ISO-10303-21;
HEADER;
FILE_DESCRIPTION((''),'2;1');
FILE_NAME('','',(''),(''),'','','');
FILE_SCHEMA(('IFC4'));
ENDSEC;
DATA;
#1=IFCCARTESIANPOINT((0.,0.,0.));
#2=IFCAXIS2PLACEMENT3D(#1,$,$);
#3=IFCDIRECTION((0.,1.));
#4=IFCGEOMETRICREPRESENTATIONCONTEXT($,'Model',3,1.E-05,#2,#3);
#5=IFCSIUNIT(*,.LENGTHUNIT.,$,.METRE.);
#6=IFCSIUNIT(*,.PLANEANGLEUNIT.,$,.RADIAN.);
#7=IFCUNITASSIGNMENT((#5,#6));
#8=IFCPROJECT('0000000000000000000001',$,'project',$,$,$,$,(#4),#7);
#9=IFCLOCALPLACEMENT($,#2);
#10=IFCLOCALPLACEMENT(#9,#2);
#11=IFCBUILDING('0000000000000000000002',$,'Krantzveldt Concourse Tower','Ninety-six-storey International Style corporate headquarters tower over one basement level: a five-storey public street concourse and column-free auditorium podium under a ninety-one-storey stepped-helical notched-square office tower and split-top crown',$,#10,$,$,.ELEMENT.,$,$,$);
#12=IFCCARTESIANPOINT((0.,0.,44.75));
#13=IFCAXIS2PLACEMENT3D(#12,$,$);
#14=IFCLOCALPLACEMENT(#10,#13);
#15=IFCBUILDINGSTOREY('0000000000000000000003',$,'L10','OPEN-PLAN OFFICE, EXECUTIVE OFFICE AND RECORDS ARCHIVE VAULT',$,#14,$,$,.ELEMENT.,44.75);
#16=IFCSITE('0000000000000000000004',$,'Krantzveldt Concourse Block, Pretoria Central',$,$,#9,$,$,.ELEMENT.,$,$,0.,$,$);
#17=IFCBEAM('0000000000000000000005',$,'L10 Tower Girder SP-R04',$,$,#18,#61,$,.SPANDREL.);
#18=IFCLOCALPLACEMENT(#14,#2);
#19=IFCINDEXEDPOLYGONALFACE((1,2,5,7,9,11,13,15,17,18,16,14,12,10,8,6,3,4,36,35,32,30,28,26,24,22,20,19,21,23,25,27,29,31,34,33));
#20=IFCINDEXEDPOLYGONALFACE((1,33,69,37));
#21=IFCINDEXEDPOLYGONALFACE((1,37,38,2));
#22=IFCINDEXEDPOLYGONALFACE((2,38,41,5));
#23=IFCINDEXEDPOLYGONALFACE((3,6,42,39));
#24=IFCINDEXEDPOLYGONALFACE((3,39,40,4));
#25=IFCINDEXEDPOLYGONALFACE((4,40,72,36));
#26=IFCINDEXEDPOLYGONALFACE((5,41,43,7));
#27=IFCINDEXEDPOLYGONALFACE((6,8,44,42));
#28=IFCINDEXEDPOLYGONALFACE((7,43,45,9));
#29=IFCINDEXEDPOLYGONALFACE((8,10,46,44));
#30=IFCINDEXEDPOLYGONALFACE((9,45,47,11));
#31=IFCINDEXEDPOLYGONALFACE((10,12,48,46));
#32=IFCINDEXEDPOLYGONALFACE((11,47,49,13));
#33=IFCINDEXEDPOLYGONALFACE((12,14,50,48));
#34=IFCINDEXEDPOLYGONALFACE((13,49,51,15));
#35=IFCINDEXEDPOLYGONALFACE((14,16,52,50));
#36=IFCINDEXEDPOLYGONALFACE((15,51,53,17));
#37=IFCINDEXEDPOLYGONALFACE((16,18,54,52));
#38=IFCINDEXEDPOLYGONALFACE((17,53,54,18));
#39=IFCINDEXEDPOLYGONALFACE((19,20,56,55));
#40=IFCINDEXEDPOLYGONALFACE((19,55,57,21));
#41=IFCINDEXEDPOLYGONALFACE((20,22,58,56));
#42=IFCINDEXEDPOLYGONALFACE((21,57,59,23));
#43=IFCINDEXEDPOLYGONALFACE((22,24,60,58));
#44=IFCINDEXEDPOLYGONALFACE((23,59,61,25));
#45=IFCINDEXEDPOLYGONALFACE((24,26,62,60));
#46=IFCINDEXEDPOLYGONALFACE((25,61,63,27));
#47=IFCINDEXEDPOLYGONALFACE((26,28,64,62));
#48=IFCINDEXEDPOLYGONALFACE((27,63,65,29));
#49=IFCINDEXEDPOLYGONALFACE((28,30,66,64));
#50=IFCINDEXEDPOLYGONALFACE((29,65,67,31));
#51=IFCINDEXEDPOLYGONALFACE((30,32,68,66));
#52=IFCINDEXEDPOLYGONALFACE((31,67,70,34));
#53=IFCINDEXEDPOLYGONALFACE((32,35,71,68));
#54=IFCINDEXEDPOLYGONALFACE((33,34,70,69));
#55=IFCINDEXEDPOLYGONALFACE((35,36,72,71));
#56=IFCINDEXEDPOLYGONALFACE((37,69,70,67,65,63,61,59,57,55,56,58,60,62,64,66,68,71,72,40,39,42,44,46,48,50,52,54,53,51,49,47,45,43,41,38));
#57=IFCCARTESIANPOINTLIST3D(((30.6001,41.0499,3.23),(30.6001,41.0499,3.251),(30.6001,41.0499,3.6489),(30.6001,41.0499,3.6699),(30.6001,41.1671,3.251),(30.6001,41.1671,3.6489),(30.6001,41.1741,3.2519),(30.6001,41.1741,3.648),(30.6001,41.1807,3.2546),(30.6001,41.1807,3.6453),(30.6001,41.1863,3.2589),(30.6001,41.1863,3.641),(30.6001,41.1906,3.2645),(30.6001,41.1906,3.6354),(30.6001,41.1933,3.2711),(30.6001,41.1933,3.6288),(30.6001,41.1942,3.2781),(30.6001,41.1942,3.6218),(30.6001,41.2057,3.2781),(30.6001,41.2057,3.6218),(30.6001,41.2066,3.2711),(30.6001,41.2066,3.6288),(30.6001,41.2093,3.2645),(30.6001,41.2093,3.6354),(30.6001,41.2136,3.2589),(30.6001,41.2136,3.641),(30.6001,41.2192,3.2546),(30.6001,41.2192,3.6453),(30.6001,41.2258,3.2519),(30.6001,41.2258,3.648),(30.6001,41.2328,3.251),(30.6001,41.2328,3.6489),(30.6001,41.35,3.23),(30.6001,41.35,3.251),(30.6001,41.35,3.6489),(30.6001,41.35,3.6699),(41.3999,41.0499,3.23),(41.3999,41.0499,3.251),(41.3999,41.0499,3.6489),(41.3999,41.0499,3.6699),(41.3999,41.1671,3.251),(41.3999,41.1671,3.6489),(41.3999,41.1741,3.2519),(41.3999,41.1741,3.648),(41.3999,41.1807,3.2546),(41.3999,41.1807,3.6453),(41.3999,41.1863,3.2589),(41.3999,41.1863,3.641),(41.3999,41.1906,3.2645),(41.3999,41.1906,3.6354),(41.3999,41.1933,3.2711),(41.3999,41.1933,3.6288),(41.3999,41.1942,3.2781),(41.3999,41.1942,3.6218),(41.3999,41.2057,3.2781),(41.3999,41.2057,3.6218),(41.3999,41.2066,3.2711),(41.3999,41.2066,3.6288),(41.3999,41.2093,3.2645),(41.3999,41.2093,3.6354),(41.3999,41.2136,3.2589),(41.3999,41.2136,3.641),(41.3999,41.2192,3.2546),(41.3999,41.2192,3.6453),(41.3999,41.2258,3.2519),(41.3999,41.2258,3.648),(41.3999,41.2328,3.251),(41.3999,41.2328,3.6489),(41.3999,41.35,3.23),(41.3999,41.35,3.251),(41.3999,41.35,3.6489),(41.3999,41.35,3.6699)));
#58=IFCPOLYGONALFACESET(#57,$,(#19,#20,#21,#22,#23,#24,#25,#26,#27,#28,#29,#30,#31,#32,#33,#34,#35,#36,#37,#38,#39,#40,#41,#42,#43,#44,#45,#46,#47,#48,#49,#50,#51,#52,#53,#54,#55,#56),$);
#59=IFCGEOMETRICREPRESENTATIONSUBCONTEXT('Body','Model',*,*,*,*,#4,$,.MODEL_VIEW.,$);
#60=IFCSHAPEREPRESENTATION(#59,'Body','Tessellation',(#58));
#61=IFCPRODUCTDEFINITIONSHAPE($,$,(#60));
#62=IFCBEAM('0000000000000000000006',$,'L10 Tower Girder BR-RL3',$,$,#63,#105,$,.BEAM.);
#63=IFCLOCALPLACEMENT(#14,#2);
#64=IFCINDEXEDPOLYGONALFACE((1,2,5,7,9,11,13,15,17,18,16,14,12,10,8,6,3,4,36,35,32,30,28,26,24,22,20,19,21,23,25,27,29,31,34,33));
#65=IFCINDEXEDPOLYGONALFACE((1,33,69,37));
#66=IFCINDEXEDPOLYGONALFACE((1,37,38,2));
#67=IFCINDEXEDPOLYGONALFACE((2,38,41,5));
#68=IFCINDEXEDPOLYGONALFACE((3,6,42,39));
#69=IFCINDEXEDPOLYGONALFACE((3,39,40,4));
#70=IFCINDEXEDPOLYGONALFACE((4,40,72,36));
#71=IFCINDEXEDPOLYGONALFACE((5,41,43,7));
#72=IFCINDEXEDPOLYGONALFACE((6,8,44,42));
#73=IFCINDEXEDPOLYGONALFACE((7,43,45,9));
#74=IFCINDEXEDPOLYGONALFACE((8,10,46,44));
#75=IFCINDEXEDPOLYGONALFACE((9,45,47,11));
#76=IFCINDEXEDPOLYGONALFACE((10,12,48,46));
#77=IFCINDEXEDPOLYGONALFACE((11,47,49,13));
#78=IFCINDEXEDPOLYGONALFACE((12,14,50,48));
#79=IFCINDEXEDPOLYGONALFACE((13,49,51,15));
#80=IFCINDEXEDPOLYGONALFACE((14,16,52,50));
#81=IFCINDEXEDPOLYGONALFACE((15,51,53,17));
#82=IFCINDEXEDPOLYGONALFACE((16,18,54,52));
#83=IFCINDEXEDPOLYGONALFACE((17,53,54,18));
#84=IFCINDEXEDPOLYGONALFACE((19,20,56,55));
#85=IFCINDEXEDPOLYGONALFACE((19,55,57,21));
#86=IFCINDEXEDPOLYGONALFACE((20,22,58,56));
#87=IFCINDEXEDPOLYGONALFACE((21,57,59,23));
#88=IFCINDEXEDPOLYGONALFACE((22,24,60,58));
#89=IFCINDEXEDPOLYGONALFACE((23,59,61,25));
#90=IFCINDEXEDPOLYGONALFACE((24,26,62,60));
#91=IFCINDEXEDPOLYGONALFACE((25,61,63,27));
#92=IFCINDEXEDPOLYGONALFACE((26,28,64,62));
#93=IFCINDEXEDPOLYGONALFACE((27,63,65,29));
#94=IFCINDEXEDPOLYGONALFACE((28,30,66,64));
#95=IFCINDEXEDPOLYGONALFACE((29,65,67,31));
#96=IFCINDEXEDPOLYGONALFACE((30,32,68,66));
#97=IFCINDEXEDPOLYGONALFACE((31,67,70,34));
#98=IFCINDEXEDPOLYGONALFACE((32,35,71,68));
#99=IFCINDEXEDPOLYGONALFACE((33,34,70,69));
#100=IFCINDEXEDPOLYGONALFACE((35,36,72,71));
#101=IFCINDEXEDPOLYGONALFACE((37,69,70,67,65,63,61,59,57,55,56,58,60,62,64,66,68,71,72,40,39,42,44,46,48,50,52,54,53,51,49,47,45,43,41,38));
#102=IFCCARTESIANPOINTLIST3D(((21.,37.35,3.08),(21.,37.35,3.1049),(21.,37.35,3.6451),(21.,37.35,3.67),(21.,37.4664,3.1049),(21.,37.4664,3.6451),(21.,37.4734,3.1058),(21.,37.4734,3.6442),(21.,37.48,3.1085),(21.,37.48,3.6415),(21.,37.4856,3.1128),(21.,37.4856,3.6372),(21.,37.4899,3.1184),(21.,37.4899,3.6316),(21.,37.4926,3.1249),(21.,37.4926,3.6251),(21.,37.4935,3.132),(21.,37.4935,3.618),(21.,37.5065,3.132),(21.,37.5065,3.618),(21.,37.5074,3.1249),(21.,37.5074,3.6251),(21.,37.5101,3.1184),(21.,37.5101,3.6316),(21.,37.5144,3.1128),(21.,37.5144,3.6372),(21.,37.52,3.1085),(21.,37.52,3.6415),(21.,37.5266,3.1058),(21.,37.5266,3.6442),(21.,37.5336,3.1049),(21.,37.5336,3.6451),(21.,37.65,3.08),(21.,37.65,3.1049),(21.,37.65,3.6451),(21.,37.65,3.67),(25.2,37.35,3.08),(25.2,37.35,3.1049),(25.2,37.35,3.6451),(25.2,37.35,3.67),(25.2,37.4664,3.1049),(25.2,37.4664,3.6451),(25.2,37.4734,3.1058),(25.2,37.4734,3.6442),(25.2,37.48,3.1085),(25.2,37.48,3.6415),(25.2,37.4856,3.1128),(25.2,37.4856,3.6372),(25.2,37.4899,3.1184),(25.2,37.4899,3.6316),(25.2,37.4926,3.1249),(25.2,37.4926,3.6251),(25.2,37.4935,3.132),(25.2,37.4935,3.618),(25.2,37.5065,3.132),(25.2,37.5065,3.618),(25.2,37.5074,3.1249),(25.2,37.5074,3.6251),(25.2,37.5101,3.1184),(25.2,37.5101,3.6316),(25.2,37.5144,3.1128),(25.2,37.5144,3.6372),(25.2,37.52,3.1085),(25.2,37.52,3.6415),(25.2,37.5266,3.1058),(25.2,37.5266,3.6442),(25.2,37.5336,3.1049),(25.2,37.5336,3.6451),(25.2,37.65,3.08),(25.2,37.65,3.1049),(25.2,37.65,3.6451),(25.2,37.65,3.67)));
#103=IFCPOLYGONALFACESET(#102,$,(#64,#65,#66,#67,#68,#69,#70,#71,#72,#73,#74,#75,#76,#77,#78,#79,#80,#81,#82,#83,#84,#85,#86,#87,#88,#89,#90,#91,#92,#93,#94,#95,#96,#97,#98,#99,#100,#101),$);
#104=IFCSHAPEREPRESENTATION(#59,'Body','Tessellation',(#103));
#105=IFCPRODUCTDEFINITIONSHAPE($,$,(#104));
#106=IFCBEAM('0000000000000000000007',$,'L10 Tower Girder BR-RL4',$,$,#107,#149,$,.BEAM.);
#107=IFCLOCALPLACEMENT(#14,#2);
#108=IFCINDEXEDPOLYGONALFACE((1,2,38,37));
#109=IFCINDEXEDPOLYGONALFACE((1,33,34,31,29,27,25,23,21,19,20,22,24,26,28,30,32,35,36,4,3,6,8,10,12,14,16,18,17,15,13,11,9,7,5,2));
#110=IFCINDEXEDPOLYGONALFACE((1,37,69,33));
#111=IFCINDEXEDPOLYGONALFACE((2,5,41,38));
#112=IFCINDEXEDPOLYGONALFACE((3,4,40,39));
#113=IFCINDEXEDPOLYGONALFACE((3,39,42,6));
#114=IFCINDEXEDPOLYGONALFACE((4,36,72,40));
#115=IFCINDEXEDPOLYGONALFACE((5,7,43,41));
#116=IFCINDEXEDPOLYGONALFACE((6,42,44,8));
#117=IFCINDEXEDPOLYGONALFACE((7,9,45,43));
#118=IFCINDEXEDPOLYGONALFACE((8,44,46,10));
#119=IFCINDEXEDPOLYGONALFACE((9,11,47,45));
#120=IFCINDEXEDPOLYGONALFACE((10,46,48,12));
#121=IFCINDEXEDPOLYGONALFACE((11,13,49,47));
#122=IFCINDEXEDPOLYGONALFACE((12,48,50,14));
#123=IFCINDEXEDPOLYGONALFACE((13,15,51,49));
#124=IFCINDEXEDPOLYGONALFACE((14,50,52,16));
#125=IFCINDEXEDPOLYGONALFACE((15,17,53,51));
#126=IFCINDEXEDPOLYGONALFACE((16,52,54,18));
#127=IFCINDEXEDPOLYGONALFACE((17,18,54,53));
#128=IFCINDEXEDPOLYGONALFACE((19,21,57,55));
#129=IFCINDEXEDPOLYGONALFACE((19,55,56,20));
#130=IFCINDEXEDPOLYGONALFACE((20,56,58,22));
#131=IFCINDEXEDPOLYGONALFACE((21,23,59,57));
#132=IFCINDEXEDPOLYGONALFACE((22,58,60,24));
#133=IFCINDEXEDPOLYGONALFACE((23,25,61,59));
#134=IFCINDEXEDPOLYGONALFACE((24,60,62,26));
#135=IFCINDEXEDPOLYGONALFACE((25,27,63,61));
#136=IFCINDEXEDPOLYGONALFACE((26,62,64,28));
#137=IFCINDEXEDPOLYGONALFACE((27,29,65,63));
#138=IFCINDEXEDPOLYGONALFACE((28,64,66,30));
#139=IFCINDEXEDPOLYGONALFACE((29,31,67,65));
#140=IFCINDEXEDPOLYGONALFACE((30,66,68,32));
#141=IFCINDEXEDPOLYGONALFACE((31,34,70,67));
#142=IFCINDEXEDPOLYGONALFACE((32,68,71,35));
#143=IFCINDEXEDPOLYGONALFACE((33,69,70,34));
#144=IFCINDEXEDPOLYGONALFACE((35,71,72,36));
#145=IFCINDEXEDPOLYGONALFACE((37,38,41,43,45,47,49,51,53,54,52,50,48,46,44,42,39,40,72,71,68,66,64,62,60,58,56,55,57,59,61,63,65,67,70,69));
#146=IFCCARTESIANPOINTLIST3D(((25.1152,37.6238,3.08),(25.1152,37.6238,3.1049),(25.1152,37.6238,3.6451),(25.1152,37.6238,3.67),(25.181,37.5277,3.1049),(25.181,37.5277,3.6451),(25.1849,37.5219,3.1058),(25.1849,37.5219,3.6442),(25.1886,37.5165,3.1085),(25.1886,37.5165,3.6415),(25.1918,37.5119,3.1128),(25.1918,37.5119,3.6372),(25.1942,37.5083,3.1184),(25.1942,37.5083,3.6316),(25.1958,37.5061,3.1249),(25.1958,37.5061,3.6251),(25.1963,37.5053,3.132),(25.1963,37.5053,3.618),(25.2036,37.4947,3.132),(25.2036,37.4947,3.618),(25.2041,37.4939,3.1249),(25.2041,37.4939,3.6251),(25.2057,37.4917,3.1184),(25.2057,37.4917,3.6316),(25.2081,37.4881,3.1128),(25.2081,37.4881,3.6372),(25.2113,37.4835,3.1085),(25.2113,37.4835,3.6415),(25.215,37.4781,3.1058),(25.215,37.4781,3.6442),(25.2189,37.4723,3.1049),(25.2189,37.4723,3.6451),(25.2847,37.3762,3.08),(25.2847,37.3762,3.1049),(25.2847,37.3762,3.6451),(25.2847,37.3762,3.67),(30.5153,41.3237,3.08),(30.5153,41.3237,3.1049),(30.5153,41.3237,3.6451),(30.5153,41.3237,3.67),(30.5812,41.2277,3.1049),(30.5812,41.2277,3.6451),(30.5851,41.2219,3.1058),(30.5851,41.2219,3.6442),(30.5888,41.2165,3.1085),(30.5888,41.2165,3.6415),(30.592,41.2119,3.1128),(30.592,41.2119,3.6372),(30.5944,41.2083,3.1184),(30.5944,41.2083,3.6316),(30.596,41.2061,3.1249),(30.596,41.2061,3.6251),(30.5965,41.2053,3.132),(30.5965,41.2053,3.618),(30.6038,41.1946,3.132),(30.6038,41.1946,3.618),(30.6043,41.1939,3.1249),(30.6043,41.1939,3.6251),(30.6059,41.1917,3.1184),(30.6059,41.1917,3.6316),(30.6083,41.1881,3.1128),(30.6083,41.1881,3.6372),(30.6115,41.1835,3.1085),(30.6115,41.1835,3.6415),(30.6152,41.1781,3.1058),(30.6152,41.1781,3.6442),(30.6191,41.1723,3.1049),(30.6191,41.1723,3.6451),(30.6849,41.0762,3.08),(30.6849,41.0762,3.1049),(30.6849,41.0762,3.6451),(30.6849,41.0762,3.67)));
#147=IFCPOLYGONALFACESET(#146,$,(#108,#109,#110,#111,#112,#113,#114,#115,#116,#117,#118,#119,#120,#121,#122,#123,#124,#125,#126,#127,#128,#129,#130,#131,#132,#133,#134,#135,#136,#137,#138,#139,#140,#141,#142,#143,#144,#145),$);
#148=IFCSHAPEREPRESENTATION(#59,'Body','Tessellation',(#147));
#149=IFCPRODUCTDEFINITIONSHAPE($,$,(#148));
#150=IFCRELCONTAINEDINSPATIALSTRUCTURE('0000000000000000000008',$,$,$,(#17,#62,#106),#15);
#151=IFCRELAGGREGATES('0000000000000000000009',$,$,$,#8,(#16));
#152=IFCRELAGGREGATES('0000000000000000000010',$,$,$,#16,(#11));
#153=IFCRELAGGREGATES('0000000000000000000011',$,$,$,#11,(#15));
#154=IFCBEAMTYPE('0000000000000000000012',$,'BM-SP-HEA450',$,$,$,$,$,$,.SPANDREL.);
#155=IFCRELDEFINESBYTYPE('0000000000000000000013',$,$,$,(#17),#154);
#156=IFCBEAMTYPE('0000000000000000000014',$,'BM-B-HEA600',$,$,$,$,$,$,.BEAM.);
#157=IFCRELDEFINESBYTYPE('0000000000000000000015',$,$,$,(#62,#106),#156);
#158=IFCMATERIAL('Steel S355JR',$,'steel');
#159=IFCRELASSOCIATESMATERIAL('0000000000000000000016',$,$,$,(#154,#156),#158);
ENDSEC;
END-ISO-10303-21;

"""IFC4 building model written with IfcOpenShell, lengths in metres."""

from ifc_helpers import new_model, si_unit, direction, frame, origin, origin_2d, place, context, subcontext, project, spatial, i_section, extrude, source, transform, mapped, material, material_profile, profile_set, type_object, type_shapes, element, save


model = new_model("IFC4")

# Units and contexts
model_context = context("Model", 3, precision=1e-05, world=origin(), true_north=direction((0.0, 1.0)))
body_context = subcontext(model_context, "Body", "Model", "MODEL_VIEW")
ifc_project = project(units=[si_unit("LENGTHUNIT", "METRE"), si_unit("PLANEANGLEUNIT", "RADIAN")], contexts=[model_context])

# Site, building, storey
site_placement = place(None, origin())
site = spatial("IfcSite", under=ifc_project, at=site_placement, Name="Krantzveldt Concourse Block, Pretoria Central", CompositionType="ELEMENT", RefElevation=0.0)
building_placement = place(site_placement, origin())
building = spatial("IfcBuilding", under=site, at=building_placement, Name="Krantzveldt Concourse Tower", Description="Ninety-six-storey International Style corporate headquarters tower over one basement level: a five-storey public street concourse and column-free auditorium podium under a ninety-one-storey stepped-helical notched-square office tower and split-top crown", CompositionType="ELEMENT")
storey_placement = place(building_placement, frame((0.0, 0.0, 44.75)))
storey = spatial("IfcBuildingStorey", under=building, at=storey_placement, Name="L10", Description="OPEN-PLAN OFFICE, EXECUTIVE OFFICE AND RECORDS ARCHIVE VAULT", CompositionType="ELEMENT", Elevation=44.75)

# Beams
ifc_material_1 = material(Name="Steel S355JR", Category="steel")
ifc_material_profile_1 = material_profile(ifc_material_1, i_section(OverallWidth=0.3, OverallDepth=0.4399, WebThickness=0.0115, FlangeThickness=0.021, FilletRadius=0.0271, at=origin_2d()), Name="Steel S355JR", Category="steel")
ifc_profile_set_1 = profile_set([ifc_material_profile_1], Name="Steel S355JR - HEA 450")
beam_type_1 = type_object("IfcBeamType", Name="BM-SP-HEA450", PredefinedType="SPANDREL", material=ifc_profile_set_1)
shared_shape_1 = source(origin(), body_context, "Body", "SweptSolid", [
    extrude(i_section(OverallWidth=0.3, OverallDepth=0.4399, WebThickness=0.0115, FlangeThickness=0.021, FilletRadius=0.0271, at=origin_2d()), origin(), (0.0, 0.0, 1.0), 10.7998),
])
beam_1_placement = place(storey_placement, frame((30.6001, 41.2, 3.45), z_axis=(1.0, 0.0, 0.0), x_axis=(0.0, 1.0, 0.0)))
element("IfcBeam", 1, at=beam_1_placement, inside=storey, type_object=beam_type_1, Name="L10 Tower Girder SP-R04", PredefinedType="SPANDREL", context=body_context, shape_type="MappedRepresentation", body=[
    mapped(shared_shape_1, transform((0.0, 0.0, 0.0), x_axis=(1.0, 0.0, 0.0), y_axis=(0.0, 1.0, 0.0), z_axis=(0.0, 0.0, 1.0), scale=1.0)),
])
ifc_material_profile_2 = material_profile(ifc_material_1, i_section(OverallWidth=0.3, OverallDepth=0.5901, WebThickness=0.0129, FlangeThickness=0.0249, FilletRadius=0.0271, at=origin_2d()), Name="Steel S355JR", Category="steel")
ifc_profile_set_2 = profile_set([ifc_material_profile_2], Name="Steel S355JR - HEA 600")
beam_type_2 = type_object("IfcBeamType", Name="BM-B-HEA600", PredefinedType="BEAM", material=ifc_profile_set_2)
shared_shape_2 = source(origin(), body_context, "Body", "SweptSolid", [
    extrude(i_section(OverallWidth=0.3, OverallDepth=0.5901, WebThickness=0.0129, FlangeThickness=0.0249, FilletRadius=0.0271, at=origin_2d()), origin(), (0.0, 0.0, 1.0), 4.2),
])
beam_2_placement = place(storey_placement, frame((21.0, 37.5, 3.375), z_axis=(1.0, 0.0, 0.0), x_axis=(0.0, 1.0, 0.0)))
element("IfcBeam", 2, at=beam_2_placement, inside=storey, type_object=beam_type_2, Name="L10 Tower Girder BR-RL3", PredefinedType="BEAM", context=body_context, shape_type="MappedRepresentation", body=[
    mapped(shared_shape_2, transform((0.0, 0.0, 0.0), x_axis=(1.0, 0.0, 0.0), y_axis=(0.0, 1.0, 0.0), z_axis=(0.0, 0.0, 1.0), scale=1.0)),
])
shared_shape_3 = source(origin(), body_context, "Body", "SweptSolid", [
    extrude(i_section(OverallWidth=0.3, OverallDepth=0.5901, WebThickness=0.0129, FlangeThickness=0.0249, FilletRadius=0.0271, at=origin_2d()), origin(), (0.0, 0.0, 1.0), 6.5461),
])
type_shapes(beam_type_2, [shared_shape_2, shared_shape_3])
beam_3_placement = place(storey_placement, frame((25.2, 37.5, 3.375), z_axis=(0.824943, 0.565216, 0.0), x_axis=(-0.565216, 0.824943, 0.0)))
element("IfcBeam", 3, at=beam_3_placement, inside=storey, type_object=beam_type_2, Name="L10 Tower Girder BR-RL4", PredefinedType="BEAM", context=body_context, shape_type="MappedRepresentation", body=[
    mapped(shared_shape_3, transform((0.0, 0.0, 0.0), x_axis=(1.0, 0.0, 0.0), y_axis=(0.0, 1.0, 0.0), z_axis=(0.0, 0.0, 1.0), scale=1.0)),
])

save(model, "model.ifc")
